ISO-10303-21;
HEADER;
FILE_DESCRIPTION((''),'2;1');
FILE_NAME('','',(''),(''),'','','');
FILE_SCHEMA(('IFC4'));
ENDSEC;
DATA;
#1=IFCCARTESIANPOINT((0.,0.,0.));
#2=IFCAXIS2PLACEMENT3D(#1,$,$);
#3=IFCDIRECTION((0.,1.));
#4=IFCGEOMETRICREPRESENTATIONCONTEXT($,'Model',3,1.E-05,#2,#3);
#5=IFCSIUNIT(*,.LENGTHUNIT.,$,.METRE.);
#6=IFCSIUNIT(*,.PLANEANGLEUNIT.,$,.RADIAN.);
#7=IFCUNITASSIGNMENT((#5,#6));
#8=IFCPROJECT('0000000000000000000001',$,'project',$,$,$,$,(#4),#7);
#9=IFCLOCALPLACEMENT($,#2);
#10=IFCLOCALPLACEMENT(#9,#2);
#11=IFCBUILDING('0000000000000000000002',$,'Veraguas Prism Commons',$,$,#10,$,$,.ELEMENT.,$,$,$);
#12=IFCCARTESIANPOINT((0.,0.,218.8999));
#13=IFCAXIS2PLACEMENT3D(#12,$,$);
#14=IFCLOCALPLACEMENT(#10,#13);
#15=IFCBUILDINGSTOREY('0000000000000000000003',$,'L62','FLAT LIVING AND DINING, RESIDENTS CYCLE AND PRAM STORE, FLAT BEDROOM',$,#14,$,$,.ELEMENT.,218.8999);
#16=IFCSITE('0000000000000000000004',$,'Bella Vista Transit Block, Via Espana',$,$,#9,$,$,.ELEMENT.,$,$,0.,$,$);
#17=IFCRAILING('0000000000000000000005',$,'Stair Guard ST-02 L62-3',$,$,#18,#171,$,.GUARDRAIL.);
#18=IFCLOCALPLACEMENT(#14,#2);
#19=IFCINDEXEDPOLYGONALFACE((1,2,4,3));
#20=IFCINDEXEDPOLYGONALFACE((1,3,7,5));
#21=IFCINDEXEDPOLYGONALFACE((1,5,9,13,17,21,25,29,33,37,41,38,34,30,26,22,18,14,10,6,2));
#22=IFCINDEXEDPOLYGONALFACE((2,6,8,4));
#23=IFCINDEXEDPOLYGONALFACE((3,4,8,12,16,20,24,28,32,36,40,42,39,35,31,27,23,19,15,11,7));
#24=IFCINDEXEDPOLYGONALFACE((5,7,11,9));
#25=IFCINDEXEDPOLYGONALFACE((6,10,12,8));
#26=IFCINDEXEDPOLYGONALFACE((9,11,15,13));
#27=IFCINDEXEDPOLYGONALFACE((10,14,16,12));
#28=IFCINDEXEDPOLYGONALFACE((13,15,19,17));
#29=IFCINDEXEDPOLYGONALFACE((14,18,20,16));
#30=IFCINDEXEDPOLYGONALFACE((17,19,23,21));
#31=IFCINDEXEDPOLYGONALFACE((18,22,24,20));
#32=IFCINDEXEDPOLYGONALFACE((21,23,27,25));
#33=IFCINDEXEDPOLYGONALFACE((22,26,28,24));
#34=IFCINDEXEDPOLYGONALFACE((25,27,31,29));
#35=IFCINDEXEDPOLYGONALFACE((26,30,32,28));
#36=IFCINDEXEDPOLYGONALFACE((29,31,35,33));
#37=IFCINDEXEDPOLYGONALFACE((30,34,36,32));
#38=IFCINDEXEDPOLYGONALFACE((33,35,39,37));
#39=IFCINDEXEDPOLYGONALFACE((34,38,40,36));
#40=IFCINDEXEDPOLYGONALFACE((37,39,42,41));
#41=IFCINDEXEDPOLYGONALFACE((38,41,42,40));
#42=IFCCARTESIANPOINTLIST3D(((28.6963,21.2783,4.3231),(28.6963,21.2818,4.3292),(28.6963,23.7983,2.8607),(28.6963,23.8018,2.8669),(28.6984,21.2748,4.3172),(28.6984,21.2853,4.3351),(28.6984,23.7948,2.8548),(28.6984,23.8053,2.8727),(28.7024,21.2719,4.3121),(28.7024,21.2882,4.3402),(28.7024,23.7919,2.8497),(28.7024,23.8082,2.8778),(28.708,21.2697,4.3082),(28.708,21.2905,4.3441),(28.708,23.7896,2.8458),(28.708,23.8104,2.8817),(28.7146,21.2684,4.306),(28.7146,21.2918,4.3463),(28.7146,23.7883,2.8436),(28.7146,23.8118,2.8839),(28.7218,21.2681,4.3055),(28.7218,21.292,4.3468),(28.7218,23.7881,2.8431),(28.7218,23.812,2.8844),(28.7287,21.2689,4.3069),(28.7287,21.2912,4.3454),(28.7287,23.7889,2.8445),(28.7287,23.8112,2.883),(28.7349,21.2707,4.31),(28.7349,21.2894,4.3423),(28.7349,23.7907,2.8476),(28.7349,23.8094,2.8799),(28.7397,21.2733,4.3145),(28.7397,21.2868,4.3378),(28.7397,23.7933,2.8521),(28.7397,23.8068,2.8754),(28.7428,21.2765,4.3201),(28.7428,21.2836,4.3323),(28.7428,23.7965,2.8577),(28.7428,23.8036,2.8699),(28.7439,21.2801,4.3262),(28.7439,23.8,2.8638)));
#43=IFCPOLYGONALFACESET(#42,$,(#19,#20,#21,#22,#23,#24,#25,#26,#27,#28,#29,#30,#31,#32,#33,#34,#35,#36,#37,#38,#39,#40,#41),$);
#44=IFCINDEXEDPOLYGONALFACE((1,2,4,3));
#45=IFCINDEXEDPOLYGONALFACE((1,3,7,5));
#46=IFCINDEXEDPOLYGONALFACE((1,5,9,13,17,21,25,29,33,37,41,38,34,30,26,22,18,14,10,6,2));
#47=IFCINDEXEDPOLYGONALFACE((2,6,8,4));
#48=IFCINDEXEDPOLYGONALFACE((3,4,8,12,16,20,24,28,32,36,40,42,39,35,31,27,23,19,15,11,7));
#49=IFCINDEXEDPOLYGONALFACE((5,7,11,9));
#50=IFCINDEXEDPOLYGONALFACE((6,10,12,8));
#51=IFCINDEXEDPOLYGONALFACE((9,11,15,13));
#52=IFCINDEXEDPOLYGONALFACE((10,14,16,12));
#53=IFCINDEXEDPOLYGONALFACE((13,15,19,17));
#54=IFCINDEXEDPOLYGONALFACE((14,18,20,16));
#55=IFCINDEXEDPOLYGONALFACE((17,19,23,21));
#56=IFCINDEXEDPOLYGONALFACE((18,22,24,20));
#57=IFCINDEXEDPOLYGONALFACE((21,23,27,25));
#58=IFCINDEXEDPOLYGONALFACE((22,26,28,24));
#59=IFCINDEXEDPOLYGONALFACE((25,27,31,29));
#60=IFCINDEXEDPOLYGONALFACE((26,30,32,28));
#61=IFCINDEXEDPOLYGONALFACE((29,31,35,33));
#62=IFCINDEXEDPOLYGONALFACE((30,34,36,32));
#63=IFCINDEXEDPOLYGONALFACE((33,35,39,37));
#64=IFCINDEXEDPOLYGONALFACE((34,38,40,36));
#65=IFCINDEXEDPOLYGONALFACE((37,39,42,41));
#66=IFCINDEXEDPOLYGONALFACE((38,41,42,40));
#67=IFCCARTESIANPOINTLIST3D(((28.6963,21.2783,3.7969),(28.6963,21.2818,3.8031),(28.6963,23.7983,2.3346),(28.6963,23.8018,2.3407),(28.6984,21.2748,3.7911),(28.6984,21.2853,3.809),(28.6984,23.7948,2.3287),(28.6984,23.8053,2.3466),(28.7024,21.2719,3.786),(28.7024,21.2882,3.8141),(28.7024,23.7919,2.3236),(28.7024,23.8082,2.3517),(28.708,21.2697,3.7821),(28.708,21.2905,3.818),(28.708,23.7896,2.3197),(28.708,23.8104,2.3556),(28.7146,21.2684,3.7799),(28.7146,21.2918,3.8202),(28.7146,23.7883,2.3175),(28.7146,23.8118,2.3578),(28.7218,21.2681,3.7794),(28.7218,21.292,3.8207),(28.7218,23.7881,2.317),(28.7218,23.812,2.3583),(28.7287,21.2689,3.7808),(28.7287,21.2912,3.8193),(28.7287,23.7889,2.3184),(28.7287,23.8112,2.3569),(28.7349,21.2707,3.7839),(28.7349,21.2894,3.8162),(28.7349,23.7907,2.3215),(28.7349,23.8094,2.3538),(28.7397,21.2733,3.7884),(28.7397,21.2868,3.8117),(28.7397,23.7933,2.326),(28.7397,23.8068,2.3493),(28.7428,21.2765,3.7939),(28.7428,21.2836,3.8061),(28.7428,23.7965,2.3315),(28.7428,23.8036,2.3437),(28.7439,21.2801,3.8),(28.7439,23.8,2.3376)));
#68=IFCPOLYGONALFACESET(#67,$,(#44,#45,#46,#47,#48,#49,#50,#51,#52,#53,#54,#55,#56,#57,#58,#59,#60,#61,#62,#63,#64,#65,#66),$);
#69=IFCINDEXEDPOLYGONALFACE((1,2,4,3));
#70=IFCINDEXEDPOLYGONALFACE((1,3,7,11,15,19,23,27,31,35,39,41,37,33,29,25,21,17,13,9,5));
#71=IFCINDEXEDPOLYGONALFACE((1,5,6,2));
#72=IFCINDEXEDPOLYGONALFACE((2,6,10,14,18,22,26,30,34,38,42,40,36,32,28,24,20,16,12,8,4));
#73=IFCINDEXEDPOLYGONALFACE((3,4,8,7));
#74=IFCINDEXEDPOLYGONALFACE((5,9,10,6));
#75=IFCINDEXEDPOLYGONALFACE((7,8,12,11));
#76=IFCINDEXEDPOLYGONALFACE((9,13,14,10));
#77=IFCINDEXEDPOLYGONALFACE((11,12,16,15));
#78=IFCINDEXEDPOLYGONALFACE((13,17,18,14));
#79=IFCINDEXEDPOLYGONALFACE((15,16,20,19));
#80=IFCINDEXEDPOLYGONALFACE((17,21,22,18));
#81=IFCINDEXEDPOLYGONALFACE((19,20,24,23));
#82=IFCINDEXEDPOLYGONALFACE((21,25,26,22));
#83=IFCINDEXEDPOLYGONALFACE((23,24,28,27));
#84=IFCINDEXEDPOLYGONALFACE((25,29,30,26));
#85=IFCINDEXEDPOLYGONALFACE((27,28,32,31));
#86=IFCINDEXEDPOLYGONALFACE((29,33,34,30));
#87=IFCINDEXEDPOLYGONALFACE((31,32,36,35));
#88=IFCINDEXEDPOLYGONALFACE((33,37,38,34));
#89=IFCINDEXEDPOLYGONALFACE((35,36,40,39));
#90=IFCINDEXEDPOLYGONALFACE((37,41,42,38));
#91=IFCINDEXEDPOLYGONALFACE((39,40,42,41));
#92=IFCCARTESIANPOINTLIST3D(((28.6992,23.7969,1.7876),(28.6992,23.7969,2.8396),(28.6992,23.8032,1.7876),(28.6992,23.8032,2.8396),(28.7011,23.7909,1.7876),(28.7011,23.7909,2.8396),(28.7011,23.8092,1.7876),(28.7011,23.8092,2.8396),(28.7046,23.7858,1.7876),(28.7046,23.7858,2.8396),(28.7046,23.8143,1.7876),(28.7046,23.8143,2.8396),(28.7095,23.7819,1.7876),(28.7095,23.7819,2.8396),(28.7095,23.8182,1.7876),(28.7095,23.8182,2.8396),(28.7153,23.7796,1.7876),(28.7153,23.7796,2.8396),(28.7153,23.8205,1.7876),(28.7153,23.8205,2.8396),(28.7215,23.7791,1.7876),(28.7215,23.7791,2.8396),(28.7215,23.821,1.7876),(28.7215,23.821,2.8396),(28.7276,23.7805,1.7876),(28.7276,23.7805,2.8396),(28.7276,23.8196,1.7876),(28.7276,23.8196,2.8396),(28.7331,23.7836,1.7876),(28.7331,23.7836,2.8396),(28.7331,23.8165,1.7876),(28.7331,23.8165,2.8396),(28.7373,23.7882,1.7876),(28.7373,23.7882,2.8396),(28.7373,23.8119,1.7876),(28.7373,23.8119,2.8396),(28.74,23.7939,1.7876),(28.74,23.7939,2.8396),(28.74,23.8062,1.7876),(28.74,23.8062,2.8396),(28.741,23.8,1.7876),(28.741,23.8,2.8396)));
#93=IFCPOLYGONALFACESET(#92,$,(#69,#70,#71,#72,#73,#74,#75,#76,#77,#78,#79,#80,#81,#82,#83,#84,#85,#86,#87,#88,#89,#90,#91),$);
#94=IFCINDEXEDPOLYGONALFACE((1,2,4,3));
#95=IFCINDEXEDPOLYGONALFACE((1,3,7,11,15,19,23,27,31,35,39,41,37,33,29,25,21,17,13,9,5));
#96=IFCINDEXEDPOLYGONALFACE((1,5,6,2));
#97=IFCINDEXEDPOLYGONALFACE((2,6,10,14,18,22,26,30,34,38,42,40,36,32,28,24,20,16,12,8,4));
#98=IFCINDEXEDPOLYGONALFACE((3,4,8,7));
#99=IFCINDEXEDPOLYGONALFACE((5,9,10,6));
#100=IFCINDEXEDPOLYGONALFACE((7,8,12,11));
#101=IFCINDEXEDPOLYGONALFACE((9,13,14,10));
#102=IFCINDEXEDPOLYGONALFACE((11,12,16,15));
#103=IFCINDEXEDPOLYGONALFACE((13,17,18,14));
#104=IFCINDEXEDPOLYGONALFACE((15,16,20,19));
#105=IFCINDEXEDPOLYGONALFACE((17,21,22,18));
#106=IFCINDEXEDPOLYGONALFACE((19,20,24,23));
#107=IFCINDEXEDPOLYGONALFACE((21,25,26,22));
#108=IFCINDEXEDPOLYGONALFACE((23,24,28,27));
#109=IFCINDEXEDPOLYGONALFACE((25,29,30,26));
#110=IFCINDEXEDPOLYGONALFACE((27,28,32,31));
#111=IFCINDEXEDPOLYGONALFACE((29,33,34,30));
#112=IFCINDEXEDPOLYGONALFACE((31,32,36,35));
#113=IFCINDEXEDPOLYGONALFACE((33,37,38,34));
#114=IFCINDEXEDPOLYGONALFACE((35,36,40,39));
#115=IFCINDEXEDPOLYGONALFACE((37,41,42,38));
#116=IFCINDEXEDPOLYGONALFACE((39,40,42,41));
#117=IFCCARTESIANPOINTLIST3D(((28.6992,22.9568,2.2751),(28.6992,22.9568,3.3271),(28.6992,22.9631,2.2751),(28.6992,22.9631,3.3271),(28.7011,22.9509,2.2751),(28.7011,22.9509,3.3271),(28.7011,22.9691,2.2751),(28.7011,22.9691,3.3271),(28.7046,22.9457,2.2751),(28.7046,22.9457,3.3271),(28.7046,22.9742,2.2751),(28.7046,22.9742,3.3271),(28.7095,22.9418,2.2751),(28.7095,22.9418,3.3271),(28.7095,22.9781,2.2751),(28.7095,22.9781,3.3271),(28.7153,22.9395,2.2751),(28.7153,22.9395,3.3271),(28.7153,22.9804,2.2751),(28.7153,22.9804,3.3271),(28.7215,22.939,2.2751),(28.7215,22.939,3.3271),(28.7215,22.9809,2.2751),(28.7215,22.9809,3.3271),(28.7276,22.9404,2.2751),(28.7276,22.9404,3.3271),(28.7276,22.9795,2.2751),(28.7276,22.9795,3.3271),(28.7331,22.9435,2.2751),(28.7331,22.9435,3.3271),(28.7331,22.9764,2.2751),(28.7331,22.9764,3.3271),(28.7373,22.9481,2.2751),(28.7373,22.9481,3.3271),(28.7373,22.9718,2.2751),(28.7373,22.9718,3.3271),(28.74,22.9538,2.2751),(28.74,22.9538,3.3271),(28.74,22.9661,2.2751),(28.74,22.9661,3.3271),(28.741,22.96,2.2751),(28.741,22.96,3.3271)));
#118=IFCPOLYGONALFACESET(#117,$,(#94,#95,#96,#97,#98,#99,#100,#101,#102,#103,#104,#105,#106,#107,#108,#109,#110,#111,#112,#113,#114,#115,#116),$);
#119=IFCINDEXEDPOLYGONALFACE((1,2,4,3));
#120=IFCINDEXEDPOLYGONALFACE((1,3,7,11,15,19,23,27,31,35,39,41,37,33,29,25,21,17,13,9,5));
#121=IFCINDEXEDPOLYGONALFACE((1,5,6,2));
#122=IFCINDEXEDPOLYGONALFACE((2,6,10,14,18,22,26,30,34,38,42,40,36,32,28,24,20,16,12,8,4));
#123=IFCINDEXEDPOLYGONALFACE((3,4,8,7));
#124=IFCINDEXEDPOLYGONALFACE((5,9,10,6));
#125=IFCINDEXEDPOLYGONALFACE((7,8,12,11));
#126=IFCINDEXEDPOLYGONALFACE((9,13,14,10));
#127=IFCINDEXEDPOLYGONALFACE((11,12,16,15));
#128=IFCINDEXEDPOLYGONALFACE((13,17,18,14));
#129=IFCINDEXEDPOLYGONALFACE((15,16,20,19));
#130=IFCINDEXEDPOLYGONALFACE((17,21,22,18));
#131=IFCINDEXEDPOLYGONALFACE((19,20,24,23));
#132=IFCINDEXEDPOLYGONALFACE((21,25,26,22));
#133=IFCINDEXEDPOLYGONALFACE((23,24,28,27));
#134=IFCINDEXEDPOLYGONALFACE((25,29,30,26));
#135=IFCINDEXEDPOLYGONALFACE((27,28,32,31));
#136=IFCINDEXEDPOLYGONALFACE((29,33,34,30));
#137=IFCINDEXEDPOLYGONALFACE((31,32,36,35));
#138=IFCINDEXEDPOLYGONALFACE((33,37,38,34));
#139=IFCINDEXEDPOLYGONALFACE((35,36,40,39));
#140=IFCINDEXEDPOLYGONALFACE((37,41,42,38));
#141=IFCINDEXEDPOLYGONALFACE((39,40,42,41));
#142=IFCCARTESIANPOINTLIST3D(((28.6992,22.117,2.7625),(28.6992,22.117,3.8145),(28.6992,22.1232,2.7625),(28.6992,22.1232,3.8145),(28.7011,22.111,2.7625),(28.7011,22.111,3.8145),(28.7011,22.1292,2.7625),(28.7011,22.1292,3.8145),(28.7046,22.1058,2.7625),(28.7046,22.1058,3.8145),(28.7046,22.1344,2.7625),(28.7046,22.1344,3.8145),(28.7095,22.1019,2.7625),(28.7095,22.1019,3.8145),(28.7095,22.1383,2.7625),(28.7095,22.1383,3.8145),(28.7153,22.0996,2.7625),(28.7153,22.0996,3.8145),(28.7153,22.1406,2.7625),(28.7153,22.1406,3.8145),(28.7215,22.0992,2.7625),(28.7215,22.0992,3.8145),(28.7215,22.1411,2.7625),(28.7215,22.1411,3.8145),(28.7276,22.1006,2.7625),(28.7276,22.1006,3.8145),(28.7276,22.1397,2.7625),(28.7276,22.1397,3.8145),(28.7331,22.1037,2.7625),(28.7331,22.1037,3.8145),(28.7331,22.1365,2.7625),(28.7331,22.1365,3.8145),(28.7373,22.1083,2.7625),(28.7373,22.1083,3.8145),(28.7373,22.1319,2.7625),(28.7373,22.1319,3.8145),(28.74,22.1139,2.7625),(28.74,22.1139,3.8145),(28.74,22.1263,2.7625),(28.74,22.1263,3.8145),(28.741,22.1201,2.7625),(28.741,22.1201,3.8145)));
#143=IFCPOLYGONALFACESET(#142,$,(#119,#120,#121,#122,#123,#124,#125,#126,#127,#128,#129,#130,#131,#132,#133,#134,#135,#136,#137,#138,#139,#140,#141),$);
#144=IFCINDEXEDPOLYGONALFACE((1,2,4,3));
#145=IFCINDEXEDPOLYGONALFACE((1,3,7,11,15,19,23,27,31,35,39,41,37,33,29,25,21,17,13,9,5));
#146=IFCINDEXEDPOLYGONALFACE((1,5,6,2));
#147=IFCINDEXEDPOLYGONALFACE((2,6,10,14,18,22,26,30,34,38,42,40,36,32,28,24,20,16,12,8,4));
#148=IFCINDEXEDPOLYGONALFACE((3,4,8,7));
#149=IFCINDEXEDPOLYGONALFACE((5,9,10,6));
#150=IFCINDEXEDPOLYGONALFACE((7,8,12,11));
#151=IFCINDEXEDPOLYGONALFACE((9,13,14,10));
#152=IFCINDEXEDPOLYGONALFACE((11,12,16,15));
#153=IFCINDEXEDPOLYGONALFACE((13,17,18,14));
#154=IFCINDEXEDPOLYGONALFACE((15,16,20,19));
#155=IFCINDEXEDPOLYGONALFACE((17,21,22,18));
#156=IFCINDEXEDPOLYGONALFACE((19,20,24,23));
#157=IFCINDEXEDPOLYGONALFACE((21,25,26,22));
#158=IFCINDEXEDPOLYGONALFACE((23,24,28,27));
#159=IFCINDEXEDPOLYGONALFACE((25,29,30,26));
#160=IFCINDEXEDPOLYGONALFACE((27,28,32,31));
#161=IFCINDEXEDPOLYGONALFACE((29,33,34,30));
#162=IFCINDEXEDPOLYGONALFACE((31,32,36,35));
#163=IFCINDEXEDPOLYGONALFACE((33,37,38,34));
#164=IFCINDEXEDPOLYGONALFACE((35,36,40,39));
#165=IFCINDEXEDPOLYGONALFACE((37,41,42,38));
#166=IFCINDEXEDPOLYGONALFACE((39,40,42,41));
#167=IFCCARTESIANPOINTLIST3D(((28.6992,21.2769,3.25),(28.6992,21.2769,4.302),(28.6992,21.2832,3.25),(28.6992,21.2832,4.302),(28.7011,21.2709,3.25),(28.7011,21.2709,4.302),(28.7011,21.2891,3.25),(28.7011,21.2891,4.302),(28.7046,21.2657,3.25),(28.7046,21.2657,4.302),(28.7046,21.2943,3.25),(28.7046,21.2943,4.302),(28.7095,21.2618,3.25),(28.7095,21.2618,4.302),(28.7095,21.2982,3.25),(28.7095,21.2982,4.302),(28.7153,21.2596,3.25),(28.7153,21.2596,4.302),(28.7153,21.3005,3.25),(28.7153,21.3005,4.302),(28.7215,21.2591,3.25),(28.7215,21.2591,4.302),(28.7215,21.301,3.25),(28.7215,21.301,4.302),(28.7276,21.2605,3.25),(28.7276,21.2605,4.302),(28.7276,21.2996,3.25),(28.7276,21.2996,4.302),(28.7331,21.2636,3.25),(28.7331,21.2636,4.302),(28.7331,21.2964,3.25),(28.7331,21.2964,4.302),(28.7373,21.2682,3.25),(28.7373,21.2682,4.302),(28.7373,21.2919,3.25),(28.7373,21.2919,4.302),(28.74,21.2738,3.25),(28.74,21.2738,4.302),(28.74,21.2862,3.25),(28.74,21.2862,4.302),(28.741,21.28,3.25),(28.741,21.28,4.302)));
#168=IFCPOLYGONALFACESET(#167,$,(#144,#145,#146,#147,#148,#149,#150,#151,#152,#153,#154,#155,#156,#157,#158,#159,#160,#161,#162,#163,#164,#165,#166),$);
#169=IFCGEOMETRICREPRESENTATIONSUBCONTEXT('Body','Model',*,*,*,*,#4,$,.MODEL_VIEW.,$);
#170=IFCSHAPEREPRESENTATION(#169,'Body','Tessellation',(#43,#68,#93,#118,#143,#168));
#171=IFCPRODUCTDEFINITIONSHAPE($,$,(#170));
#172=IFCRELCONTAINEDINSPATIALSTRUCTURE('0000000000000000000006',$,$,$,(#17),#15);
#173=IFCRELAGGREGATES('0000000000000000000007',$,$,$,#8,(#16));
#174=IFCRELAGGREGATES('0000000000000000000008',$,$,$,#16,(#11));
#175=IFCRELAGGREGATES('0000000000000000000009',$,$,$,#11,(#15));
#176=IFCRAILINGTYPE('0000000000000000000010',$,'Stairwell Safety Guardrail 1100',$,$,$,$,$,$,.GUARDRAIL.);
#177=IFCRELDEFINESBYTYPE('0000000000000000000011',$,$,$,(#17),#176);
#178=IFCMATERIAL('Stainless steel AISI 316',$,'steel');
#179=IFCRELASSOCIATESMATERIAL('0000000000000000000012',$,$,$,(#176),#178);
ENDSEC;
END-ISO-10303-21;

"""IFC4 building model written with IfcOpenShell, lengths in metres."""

from ifc_helpers import new_model, si_unit, direction, frame, origin, origin_2d, place, context, subcontext, project, spatial, circle, extrude, material, type_object, element, save


model = new_model("IFC4")

# Units and contexts
model_context = context("Model", 3, precision=1e-05, world=origin(), true_north=direction((0.0, 1.0)))
body_context = subcontext(model_context, "Body", "Model", "MODEL_VIEW")
ifc_project = project(units=[si_unit("LENGTHUNIT", "METRE"), si_unit("PLANEANGLEUNIT", "RADIAN")], contexts=[model_context])

# Site, building, storey
site_placement = place(None, origin())
site = spatial("IfcSite", under=ifc_project, at=site_placement, Name="Bella Vista Transit Block, Via Espana", CompositionType="ELEMENT", RefElevation=0.0)
building_placement = place(site_placement, origin())
building = spatial("IfcBuilding", under=site, at=building_placement, Name="Veraguas Prism Commons", CompositionType="ELEMENT")
storey_placement = place(building_placement, frame((0.0, 0.0, 218.8999)))
storey = spatial("IfcBuildingStorey", under=building, at=storey_placement, Name="L62", Description="FLAT LIVING AND DINING, RESIDENTS CYCLE AND PRAM STORE, FLAT BEDROOM", CompositionType="ELEMENT", Elevation=218.8999)

# Railing
ifc_material_1 = material(Name="Stainless steel AISI 316", Category="steel")
railing_type_1 = type_object("IfcRailingType", Name="Stairwell Safety Guardrail 1100", PredefinedType="GUARDRAIL", material=ifc_material_1)
railing_1_placement = place(storey_placement, frame((28.72, 23.8, 1.7876)))
element("IfcRailing", 1, at=railing_1_placement, inside=storey, type_object=railing_type_1, Name="Stair Guard ST-02 L62-3", PredefinedType="GUARDRAIL", context=body_context, shape_type="SweptSolid", body=[
    extrude(circle(Radius=0.0239, at=origin_2d()), frame((0.0, 0.0, 1.0762), z_axis=(0.0, -0.864913, 0.501921), x_axis=(1.0, 0.0, 0.0)), (0.0, 0.0, 1.0), 2.9136),
    extrude(circle(Radius=0.0239, at=origin_2d()), frame((0.0, 0.0, 0.55), z_axis=(0.0, -0.864913, 0.501921), x_axis=(1.0, 0.0, 0.0)), (0.0, 0.0, 1.0), 2.9136),
    extrude(circle(Radius=0.021, at=origin_2d()), origin(), (0.0, 0.0, 1.0), 1.052),
    extrude(circle(Radius=0.021, at=origin_2d()), frame((0.0, -0.8401, 0.4875)), (0.0, 0.0, 1.0), 1.052),
    extrude(circle(Radius=0.021, at=origin_2d()), frame((0.0, -1.6799, 0.9749)), (0.0, 0.0, 1.0), 1.052),
    extrude(circle(Radius=0.021, at=origin_2d()), frame((0.0, -2.52, 1.4624)), (0.0, 0.0, 1.0), 1.052),
])

save(model, "model.ifc")
